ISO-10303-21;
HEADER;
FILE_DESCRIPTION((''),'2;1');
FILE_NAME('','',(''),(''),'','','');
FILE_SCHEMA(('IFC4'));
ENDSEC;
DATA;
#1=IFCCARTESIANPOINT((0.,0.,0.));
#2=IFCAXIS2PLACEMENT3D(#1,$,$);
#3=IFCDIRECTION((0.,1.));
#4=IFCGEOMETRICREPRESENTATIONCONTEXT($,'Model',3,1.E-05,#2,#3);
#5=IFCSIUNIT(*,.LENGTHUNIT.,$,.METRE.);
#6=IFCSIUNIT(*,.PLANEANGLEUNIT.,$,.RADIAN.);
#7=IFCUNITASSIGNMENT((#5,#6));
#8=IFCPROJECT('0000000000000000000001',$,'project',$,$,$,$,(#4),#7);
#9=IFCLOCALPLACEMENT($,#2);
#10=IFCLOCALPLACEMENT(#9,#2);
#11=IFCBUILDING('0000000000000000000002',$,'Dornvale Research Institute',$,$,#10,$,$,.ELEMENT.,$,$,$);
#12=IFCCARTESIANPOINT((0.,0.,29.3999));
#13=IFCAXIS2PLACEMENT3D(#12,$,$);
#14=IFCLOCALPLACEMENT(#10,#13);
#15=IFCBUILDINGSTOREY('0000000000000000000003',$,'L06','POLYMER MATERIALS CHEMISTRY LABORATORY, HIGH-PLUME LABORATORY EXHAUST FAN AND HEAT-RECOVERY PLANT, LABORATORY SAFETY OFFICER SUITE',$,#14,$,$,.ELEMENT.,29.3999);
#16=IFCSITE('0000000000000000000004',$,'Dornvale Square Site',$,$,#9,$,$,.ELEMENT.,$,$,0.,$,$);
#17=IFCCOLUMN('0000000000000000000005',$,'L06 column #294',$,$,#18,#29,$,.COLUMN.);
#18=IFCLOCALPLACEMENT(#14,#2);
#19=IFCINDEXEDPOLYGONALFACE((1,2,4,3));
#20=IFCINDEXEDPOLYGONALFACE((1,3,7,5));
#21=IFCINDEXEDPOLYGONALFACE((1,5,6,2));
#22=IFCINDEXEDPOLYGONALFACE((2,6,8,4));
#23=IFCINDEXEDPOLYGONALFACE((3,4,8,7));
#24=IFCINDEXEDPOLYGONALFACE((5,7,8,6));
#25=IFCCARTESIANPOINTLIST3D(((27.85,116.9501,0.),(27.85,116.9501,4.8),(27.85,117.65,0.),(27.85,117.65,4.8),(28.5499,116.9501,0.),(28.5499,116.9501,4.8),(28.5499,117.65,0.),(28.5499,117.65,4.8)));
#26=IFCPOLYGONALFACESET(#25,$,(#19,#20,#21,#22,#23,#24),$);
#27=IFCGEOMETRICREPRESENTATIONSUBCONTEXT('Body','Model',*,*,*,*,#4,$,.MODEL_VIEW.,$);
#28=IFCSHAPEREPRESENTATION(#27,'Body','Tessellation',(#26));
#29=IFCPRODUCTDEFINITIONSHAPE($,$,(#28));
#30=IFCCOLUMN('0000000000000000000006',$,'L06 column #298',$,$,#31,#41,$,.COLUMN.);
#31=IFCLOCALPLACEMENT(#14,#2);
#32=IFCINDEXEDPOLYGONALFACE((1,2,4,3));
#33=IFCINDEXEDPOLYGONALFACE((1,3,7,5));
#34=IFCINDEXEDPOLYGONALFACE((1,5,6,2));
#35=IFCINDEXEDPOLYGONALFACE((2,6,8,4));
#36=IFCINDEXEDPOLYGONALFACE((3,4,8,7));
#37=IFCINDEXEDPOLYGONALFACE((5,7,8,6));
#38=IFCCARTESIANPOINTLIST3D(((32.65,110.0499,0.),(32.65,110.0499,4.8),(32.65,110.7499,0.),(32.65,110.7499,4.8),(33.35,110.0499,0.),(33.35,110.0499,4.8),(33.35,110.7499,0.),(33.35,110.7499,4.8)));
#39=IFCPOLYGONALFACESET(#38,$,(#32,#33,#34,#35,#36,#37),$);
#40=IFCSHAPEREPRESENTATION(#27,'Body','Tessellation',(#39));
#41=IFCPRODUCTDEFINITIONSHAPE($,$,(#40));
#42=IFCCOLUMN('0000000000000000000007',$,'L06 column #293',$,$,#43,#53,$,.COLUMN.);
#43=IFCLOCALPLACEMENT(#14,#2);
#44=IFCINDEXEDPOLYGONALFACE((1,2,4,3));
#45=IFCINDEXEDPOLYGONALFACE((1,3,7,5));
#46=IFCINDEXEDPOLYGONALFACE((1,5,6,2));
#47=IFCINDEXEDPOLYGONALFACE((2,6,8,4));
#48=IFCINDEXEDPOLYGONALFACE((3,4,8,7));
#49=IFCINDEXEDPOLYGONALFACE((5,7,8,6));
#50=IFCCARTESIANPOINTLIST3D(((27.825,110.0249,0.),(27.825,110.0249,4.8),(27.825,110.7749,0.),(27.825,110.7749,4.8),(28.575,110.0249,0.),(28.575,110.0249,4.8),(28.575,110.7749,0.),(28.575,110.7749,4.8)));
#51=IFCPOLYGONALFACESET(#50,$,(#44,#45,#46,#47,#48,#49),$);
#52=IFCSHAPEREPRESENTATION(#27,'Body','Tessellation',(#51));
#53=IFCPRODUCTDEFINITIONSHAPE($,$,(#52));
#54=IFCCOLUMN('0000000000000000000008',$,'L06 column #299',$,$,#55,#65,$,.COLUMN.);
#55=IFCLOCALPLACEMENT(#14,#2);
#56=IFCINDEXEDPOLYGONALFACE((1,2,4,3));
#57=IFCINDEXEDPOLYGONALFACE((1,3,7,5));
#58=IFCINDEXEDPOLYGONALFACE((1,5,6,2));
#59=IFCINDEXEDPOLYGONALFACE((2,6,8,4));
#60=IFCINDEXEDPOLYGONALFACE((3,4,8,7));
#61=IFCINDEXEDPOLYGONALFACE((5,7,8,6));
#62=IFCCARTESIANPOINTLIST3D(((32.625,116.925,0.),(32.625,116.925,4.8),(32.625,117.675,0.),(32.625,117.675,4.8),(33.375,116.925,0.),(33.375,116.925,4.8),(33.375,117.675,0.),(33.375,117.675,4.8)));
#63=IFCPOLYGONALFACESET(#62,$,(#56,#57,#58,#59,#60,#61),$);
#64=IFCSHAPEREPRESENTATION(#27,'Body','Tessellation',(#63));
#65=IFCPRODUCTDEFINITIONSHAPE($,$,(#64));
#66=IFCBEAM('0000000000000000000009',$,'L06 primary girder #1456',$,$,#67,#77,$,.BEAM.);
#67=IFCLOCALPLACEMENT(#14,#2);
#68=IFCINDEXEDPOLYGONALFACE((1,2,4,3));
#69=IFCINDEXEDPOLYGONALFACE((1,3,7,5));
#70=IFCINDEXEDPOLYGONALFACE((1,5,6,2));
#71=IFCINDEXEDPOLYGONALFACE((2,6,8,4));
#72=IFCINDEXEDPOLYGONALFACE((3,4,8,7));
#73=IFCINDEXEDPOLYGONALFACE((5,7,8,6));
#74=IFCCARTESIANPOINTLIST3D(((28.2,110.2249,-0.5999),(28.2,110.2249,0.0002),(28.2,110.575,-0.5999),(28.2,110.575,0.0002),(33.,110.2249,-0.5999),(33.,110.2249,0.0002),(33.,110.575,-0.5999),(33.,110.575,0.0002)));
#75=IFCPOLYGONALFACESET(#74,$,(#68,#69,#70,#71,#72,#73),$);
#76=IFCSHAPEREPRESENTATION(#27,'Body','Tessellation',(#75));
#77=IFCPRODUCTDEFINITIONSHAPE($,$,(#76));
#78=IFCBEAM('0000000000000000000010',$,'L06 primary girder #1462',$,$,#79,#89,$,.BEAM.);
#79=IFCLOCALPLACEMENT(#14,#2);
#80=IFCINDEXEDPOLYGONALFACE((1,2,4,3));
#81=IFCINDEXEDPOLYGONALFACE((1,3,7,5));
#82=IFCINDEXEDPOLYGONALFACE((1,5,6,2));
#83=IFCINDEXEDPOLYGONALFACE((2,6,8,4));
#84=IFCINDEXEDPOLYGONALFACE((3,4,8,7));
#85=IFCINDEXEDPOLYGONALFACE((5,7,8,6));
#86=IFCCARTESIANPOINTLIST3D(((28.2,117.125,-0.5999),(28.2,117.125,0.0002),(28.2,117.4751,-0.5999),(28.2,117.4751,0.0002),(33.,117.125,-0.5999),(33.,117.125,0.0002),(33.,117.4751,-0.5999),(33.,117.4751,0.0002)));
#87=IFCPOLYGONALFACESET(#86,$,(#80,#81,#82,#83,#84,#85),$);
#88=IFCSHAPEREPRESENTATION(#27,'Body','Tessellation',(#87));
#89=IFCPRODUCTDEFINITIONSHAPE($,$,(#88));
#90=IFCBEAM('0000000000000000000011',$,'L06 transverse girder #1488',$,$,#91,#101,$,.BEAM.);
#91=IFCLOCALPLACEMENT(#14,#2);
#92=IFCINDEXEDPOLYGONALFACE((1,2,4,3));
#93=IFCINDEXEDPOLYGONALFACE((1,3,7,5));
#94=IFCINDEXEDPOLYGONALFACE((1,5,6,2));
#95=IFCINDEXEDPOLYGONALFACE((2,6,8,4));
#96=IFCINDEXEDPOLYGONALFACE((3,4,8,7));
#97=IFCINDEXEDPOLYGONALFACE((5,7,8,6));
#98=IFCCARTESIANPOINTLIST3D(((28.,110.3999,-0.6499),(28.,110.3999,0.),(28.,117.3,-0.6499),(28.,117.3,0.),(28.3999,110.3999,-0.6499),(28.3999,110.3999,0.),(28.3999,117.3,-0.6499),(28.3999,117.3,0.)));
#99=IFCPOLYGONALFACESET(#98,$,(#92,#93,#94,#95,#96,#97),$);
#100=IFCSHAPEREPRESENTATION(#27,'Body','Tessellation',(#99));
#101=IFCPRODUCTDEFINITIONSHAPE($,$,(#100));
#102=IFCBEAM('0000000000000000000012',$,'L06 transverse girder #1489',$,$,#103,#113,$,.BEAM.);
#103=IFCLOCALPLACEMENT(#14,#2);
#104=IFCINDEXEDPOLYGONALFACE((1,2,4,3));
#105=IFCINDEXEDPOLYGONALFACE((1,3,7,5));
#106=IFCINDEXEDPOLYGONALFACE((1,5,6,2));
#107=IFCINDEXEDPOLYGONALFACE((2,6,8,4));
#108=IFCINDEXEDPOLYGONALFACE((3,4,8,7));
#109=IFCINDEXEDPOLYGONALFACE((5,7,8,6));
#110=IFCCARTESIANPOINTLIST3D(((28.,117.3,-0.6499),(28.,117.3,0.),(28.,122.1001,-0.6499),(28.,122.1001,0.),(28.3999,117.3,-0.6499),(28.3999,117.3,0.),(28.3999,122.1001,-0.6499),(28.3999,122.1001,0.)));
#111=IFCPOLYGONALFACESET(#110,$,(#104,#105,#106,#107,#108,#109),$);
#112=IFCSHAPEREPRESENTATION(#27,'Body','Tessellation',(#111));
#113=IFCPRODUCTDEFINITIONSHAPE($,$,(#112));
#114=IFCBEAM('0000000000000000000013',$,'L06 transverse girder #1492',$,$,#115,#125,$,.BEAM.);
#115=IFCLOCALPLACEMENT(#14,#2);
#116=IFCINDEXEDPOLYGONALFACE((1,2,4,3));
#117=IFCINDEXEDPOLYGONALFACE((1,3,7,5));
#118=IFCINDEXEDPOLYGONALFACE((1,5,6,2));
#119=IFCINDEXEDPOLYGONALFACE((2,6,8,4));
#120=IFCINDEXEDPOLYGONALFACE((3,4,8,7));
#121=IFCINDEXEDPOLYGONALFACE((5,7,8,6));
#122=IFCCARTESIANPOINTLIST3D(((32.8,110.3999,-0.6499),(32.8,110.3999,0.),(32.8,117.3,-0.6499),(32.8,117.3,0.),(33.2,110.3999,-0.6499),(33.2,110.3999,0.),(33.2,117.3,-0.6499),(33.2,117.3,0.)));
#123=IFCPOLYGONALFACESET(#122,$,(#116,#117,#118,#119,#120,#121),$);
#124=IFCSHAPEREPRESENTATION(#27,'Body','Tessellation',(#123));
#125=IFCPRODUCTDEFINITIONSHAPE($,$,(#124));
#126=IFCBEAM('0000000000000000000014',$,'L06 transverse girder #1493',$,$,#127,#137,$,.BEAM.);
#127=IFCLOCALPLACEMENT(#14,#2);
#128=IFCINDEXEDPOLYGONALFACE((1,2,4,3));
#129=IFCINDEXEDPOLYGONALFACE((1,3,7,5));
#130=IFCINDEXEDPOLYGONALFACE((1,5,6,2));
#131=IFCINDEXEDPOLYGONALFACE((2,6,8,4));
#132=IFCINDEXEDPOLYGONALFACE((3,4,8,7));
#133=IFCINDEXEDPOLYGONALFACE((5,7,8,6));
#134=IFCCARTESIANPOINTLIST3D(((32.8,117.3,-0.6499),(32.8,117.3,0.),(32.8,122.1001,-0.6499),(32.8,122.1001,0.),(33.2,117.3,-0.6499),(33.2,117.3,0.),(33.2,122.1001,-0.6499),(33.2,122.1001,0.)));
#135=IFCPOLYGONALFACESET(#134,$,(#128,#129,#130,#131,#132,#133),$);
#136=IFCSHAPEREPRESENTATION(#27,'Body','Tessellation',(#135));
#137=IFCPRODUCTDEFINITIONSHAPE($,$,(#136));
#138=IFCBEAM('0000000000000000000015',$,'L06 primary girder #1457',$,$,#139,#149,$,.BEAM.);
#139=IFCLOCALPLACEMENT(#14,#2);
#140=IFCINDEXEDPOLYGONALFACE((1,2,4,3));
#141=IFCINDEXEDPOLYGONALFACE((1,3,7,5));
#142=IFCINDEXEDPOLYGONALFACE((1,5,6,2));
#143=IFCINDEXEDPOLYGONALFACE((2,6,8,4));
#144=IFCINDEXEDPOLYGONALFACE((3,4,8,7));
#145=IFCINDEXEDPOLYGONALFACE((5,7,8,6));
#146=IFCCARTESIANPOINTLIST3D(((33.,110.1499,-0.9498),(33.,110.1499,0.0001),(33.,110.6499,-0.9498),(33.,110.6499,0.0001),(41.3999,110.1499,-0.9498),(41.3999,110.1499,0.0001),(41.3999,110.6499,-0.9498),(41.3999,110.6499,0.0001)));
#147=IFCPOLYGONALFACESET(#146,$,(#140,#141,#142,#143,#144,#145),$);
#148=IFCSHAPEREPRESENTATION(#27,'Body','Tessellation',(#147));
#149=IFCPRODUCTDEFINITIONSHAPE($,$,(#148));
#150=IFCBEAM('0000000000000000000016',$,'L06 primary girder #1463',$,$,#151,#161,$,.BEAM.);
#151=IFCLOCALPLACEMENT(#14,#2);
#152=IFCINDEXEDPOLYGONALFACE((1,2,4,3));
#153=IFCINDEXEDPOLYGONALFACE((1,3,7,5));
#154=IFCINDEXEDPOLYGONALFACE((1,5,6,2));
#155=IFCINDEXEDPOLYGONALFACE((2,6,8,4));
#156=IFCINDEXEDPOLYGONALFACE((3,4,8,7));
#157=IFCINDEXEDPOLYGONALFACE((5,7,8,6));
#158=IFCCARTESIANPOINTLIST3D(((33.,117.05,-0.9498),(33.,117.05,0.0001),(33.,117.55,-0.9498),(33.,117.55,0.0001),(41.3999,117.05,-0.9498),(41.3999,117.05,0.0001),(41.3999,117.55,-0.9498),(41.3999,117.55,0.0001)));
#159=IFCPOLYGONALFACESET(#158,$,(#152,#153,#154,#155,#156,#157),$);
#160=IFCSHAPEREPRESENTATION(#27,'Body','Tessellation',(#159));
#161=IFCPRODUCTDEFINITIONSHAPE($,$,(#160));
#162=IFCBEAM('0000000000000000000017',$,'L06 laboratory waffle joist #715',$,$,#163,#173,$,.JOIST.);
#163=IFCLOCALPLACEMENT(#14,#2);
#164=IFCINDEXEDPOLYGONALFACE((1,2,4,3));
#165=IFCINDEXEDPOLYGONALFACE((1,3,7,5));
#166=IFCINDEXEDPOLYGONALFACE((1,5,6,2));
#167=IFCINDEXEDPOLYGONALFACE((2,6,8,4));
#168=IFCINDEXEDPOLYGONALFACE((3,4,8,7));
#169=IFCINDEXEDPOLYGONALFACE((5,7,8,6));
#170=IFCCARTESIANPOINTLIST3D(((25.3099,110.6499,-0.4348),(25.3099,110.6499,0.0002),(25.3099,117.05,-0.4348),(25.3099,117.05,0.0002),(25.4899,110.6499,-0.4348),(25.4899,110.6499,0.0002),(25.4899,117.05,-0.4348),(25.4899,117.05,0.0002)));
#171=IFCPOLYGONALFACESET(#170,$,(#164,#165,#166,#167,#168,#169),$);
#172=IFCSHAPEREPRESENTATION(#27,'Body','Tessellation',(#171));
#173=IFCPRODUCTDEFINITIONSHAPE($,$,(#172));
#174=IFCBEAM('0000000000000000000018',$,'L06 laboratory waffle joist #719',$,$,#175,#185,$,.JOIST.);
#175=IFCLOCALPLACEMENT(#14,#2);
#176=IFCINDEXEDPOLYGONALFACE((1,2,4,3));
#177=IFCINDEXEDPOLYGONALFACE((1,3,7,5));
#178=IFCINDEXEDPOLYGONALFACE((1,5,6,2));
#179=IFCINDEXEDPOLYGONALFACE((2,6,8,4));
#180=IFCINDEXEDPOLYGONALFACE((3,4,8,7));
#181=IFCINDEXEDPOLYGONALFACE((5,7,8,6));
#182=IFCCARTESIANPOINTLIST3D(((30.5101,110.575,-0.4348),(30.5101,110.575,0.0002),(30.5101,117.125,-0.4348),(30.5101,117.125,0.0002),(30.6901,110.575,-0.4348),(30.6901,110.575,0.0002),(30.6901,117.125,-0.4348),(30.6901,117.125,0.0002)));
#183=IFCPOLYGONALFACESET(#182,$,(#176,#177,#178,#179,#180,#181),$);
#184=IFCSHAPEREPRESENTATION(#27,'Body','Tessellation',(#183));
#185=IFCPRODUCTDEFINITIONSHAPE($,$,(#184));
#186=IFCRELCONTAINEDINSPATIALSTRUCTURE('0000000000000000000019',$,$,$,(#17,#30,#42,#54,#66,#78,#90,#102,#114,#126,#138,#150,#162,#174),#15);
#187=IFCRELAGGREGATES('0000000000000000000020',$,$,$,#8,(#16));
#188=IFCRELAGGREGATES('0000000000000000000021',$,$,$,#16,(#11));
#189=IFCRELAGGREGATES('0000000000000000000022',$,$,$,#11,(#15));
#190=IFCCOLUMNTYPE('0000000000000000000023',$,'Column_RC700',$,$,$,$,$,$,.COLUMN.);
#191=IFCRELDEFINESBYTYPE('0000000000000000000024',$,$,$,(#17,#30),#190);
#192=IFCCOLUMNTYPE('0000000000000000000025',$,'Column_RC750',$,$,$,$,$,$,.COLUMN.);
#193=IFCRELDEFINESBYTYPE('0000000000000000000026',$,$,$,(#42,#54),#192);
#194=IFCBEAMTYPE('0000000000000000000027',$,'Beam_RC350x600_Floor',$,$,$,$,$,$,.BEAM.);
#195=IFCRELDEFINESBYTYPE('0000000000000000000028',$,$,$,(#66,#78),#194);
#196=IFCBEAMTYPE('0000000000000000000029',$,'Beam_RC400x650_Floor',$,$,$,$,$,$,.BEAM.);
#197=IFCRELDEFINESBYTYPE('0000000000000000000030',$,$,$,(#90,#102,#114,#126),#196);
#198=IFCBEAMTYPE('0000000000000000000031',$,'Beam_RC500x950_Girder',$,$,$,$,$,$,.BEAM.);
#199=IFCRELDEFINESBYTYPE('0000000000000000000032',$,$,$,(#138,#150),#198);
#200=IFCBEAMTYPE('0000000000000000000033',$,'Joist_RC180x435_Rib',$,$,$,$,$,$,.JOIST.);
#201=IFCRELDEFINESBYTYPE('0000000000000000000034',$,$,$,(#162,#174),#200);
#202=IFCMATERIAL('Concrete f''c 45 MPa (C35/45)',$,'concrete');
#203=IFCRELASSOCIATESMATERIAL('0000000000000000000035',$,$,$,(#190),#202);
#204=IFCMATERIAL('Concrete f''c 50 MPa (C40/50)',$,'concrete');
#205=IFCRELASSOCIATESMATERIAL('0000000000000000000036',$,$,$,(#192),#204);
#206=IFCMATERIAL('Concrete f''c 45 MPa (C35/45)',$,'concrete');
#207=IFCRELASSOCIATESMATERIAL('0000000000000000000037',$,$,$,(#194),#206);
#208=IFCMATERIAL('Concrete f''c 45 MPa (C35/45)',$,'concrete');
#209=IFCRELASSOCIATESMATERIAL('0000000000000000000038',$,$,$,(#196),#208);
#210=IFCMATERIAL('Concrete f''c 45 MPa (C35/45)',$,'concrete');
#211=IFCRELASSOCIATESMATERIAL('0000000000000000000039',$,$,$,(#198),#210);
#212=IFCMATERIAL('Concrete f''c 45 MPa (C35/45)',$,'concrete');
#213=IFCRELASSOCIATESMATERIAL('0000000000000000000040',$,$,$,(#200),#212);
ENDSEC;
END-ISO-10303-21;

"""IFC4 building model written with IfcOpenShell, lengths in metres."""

from ifc_helpers import new_model, si_unit, direction, frame, origin, origin_2d, place, context, subcontext, project, spatial, rectangle, extrude, material, material_profile, profile_set, type_object, element, save


model = new_model("IFC4")

# Units and contexts
model_context = context("Model", 3, precision=1e-05, world=origin(), true_north=direction((0.0, 1.0)))
body_context = subcontext(model_context, "Body", "Model", "MODEL_VIEW")
ifc_project = project(units=[si_unit("LENGTHUNIT", "METRE"), si_unit("PLANEANGLEUNIT", "RADIAN")], contexts=[model_context])

# Site, building, storey
site_placement = place(None, origin())
site = spatial("IfcSite", under=ifc_project, at=site_placement, Name="Dornvale Square Site", CompositionType="ELEMENT", RefElevation=0.0)
building_placement = place(site_placement, origin())
building = spatial("IfcBuilding", under=site, at=building_placement, Name="Dornvale Research Institute", CompositionType="ELEMENT")
storey_placement = place(building_placement, frame((0.0, 0.0, 29.3999)))
storey = spatial("IfcBuildingStorey", under=building, at=storey_placement, Name="L06", Description="POLYMER MATERIALS CHEMISTRY LABORATORY, HIGH-PLUME LABORATORY EXHAUST FAN AND HEAT-RECOVERY PLANT, LABORATORY SAFETY OFFICER SUITE", CompositionType="ELEMENT", Elevation=29.3999)

# Columns
ifc_material_1 = material(Name="Concrete f'c 45 MPa (C35/45)", Category="concrete")
ifc_material_profile_1 = material_profile(ifc_material_1, rectangle(XDim=0.7, YDim=0.7, at=origin_2d()), Name="RC 700x700")
ifc_profile_set_1 = profile_set([ifc_material_profile_1], Name="Concrete f'c 45 MPa (C35/45)")
column_type_1 = type_object("IfcColumnType", Name="Column_RC700", PredefinedType="COLUMN", material=ifc_profile_set_1)
for number, where, z_axis, x_axis, name in (
    (1, (28.2, 117.3, 0.0), (0.0, 0.0, 1.0), (1.0, 0.0, 0.0), "L06 column #294"),
    (2, (33.0, 110.3999, 0.0), (0.0, 0.0, 1.0), (1.0, 0.0, 0.0), "L06 column #298"),
):
    element("IfcColumn", number, at=place(storey_placement, frame(where, z_axis=z_axis, x_axis=x_axis)), inside=storey, type_object=column_type_1, Name=name, PredefinedType="COLUMN", context=body_context, shape_type="SweptSolid", body=[
        extrude(rectangle(XDim=0.7, YDim=0.7, at=origin_2d()), origin(), (0.0, 0.0, 1.0), 4.8),
    ])
ifc_material_2 = material(Name="Concrete f'c 50 MPa (C40/50)", Category="concrete")
ifc_material_profile_2 = material_profile(ifc_material_2, rectangle(XDim=0.75, YDim=0.75, at=origin_2d()), Name="RC 750x750")
ifc_profile_set_2 = profile_set([ifc_material_profile_2], Name="Concrete f'c 50 MPa (C40/50)")
column_type_2 = type_object("IfcColumnType", Name="Column_RC750", PredefinedType="COLUMN", material=ifc_profile_set_2)
for number, where, z_axis, x_axis, name in (
    (3, (28.2, 110.3999, 0.0), (0.0, 0.0, 1.0), (1.0, 0.0, 0.0), "L06 column #293"),
    (4, (33.0, 117.3, 0.0), (0.0, 0.0, 1.0), (1.0, 0.0, 0.0), "L06 column #299"),
):
    element("IfcColumn", number, at=place(storey_placement, frame(where, z_axis=z_axis, x_axis=x_axis)), inside=storey, type_object=column_type_2, Name=name, PredefinedType="COLUMN", context=body_context, shape_type="SweptSolid", body=[
        extrude(rectangle(XDim=0.75, YDim=0.75, at=origin_2d()), origin(), (0.0, 0.0, 1.0), 4.8),
    ])

# Beams
ifc_material_3 = material(Name="Concrete f'c 45 MPa (C35/45)", Category="concrete")
ifc_material_profile_3 = material_profile(ifc_material_3, rectangle(XDim=0.3501, YDim=0.6001, at=origin_2d()), Name="RC 350x600")
ifc_profile_set_3 = profile_set([ifc_material_profile_3], Name="Concrete f'c 45 MPa (C35/45)")
beam_type_1 = type_object("IfcBeamType", Name="Beam_RC350x600_Floor", PredefinedType="BEAM", material=ifc_profile_set_3)
for number, where, z_axis, x_axis, name in (
    (5, (28.2, 110.3999, -0.2998), (1.0, 0.0, 0.0), (0.0, 1.0, 0.0), "L06 primary girder #1456"),
    (6, (28.2, 117.3, -0.2998), (1.0, 0.0, 0.0), (0.0, 1.0, 0.0), "L06 primary girder #1462"),
):
    element("IfcBeam", number, at=place(storey_placement, frame(where, z_axis=z_axis, x_axis=x_axis)), inside=storey, type_object=beam_type_1, Name=name, PredefinedType="BEAM", context=body_context, shape_type="SweptSolid", body=[
        extrude(rectangle(XDim=0.3501, YDim=0.6001, at=origin_2d()), origin(), (0.0, 0.0, 1.0), 4.8),
    ])
ifc_material_4 = material(Name="Concrete f'c 45 MPa (C35/45)", Category="concrete")
ifc_material_profile_4 = material_profile(ifc_material_4, rectangle(XDim=0.3999, YDim=0.6499, at=origin_2d()), Name="RC 400x650")
ifc_profile_set_4 = profile_set([ifc_material_profile_4], Name="Concrete f'c 45 MPa (C35/45)")
beam_type_2 = type_object("IfcBeamType", Name="Beam_RC400x650_Floor", PredefinedType="BEAM", material=ifc_profile_set_4)
beam_1_placement = place(storey_placement, frame((28.2, 110.3999, -0.325), z_axis=(0.0, 1.0, 0.0), x_axis=(-1.0, 0.0, 0.0)))
element("IfcBeam", 7, at=beam_1_placement, inside=storey, type_object=beam_type_2, Name="L06 transverse girder #1488", PredefinedType="BEAM", context=body_context, shape_type="SweptSolid", body=[
    extrude(rectangle(XDim=0.3999, YDim=0.6499, at=origin_2d()), origin(), (0.0, 0.0, 1.0), 6.9001),
])
beam_2_placement = place(storey_placement, frame((28.2, 117.3, -0.325), z_axis=(0.0, 1.0, 0.0), x_axis=(-1.0, 0.0, 0.0)))
element("IfcBeam", 8, at=beam_2_placement, inside=storey, type_object=beam_type_2, Name="L06 transverse girder #1489", PredefinedType="BEAM", context=body_context, shape_type="SweptSolid", body=[
    extrude(rectangle(XDim=0.3999, YDim=0.6499, at=origin_2d()), origin(), (0.0, 0.0, 1.0), 4.8),
])
beam_3_placement = place(storey_placement, frame((33.0, 110.3999, -0.325), z_axis=(0.0, 1.0, 0.0), x_axis=(-1.0, 0.0, 0.0)))
element("IfcBeam", 9, at=beam_3_placement, inside=storey, type_object=beam_type_2, Name="L06 transverse girder #1492", PredefinedType="BEAM", context=body_context, shape_type="SweptSolid", body=[
    extrude(rectangle(XDim=0.3999, YDim=0.6499, at=origin_2d()), origin(), (0.0, 0.0, 1.0), 6.9001),
])
beam_4_placement = place(storey_placement, frame((33.0, 117.3, -0.325), z_axis=(0.0, 1.0, 0.0), x_axis=(-1.0, 0.0, 0.0)))
element("IfcBeam", 10, at=beam_4_placement, inside=storey, type_object=beam_type_2, Name="L06 transverse girder #1493", PredefinedType="BEAM", context=body_context, shape_type="SweptSolid", body=[
    extrude(rectangle(XDim=0.3999, YDim=0.6499, at=origin_2d()), origin(), (0.0, 0.0, 1.0), 4.8),
])
ifc_material_5 = material(Name="Concrete f'c 45 MPa (C35/45)", Category="concrete")
ifc_material_profile_5 = material_profile(ifc_material_5, rectangle(XDim=0.5, YDim=0.95, at=origin_2d()), Name="RC 500x950")
ifc_profile_set_5 = profile_set([ifc_material_profile_5], Name="Concrete f'c 45 MPa (C35/45)")
beam_type_3 = type_object("IfcBeamType", Name="Beam_RC500x950_Girder", PredefinedType="BEAM", material=ifc_profile_set_5)
for number, where, z_axis, x_axis, name in (
    (11, (33.0, 110.3999, -0.4749), (1.0, 0.0, 0.0), (0.0, 1.0, 0.0), "L06 primary girder #1457"),
    (12, (33.0, 117.3, -0.4749), (1.0, 0.0, 0.0), (0.0, 1.0, 0.0), "L06 primary girder #1463"),
):
    element("IfcBeam", number, at=place(storey_placement, frame(where, z_axis=z_axis, x_axis=x_axis)), inside=storey, type_object=beam_type_3, Name=name, PredefinedType="BEAM", context=body_context, shape_type="SweptSolid", body=[
        extrude(rectangle(XDim=0.5, YDim=0.95, at=origin_2d()), origin(), (0.0, 0.0, 1.0), 8.3999),
    ])
ifc_material_6 = material(Name="Concrete f'c 45 MPa (C35/45)", Category="concrete")
ifc_material_profile_6 = material_profile(ifc_material_6, rectangle(XDim=0.1799, YDim=0.4351, at=origin_2d()), Name="RC 180x435")
ifc_profile_set_6 = profile_set([ifc_material_profile_6], Name="Concrete f'c 45 MPa (C35/45)")
beam_type_4 = type_object("IfcBeamType", Name="Joist_RC180x435_Rib", PredefinedType="JOIST", material=ifc_profile_set_6)
beam_5_placement = place(storey_placement, frame((25.3999, 110.6499, -0.2173), z_axis=(0.0, 1.0, 0.0), x_axis=(-1.0, 0.0, 0.0)))
element("IfcBeam", 13, at=beam_5_placement, inside=storey, type_object=beam_type_4, Name="L06 laboratory waffle joist #715", PredefinedType="JOIST", context=body_context, shape_type="SweptSolid", body=[
    extrude(rectangle(XDim=0.1799, YDim=0.4351, at=origin_2d()), origin(), (0.0, 0.0, 1.0), 6.4001),
])
beam_6_placement = place(storey_placement, frame((30.6001, 110.575, -0.2173), z_axis=(0.0, 1.0, 0.0), x_axis=(-1.0, 0.0, 0.0)))
element("IfcBeam", 14, at=beam_6_placement, inside=storey, type_object=beam_type_4, Name="L06 laboratory waffle joist #719", PredefinedType="JOIST", context=body_context, shape_type="SweptSolid", body=[
    extrude(rectangle(XDim=0.1799, YDim=0.4351, at=origin_2d()), origin(), (0.0, 0.0, 1.0), 6.55),
])

save(model, "model.ifc")
